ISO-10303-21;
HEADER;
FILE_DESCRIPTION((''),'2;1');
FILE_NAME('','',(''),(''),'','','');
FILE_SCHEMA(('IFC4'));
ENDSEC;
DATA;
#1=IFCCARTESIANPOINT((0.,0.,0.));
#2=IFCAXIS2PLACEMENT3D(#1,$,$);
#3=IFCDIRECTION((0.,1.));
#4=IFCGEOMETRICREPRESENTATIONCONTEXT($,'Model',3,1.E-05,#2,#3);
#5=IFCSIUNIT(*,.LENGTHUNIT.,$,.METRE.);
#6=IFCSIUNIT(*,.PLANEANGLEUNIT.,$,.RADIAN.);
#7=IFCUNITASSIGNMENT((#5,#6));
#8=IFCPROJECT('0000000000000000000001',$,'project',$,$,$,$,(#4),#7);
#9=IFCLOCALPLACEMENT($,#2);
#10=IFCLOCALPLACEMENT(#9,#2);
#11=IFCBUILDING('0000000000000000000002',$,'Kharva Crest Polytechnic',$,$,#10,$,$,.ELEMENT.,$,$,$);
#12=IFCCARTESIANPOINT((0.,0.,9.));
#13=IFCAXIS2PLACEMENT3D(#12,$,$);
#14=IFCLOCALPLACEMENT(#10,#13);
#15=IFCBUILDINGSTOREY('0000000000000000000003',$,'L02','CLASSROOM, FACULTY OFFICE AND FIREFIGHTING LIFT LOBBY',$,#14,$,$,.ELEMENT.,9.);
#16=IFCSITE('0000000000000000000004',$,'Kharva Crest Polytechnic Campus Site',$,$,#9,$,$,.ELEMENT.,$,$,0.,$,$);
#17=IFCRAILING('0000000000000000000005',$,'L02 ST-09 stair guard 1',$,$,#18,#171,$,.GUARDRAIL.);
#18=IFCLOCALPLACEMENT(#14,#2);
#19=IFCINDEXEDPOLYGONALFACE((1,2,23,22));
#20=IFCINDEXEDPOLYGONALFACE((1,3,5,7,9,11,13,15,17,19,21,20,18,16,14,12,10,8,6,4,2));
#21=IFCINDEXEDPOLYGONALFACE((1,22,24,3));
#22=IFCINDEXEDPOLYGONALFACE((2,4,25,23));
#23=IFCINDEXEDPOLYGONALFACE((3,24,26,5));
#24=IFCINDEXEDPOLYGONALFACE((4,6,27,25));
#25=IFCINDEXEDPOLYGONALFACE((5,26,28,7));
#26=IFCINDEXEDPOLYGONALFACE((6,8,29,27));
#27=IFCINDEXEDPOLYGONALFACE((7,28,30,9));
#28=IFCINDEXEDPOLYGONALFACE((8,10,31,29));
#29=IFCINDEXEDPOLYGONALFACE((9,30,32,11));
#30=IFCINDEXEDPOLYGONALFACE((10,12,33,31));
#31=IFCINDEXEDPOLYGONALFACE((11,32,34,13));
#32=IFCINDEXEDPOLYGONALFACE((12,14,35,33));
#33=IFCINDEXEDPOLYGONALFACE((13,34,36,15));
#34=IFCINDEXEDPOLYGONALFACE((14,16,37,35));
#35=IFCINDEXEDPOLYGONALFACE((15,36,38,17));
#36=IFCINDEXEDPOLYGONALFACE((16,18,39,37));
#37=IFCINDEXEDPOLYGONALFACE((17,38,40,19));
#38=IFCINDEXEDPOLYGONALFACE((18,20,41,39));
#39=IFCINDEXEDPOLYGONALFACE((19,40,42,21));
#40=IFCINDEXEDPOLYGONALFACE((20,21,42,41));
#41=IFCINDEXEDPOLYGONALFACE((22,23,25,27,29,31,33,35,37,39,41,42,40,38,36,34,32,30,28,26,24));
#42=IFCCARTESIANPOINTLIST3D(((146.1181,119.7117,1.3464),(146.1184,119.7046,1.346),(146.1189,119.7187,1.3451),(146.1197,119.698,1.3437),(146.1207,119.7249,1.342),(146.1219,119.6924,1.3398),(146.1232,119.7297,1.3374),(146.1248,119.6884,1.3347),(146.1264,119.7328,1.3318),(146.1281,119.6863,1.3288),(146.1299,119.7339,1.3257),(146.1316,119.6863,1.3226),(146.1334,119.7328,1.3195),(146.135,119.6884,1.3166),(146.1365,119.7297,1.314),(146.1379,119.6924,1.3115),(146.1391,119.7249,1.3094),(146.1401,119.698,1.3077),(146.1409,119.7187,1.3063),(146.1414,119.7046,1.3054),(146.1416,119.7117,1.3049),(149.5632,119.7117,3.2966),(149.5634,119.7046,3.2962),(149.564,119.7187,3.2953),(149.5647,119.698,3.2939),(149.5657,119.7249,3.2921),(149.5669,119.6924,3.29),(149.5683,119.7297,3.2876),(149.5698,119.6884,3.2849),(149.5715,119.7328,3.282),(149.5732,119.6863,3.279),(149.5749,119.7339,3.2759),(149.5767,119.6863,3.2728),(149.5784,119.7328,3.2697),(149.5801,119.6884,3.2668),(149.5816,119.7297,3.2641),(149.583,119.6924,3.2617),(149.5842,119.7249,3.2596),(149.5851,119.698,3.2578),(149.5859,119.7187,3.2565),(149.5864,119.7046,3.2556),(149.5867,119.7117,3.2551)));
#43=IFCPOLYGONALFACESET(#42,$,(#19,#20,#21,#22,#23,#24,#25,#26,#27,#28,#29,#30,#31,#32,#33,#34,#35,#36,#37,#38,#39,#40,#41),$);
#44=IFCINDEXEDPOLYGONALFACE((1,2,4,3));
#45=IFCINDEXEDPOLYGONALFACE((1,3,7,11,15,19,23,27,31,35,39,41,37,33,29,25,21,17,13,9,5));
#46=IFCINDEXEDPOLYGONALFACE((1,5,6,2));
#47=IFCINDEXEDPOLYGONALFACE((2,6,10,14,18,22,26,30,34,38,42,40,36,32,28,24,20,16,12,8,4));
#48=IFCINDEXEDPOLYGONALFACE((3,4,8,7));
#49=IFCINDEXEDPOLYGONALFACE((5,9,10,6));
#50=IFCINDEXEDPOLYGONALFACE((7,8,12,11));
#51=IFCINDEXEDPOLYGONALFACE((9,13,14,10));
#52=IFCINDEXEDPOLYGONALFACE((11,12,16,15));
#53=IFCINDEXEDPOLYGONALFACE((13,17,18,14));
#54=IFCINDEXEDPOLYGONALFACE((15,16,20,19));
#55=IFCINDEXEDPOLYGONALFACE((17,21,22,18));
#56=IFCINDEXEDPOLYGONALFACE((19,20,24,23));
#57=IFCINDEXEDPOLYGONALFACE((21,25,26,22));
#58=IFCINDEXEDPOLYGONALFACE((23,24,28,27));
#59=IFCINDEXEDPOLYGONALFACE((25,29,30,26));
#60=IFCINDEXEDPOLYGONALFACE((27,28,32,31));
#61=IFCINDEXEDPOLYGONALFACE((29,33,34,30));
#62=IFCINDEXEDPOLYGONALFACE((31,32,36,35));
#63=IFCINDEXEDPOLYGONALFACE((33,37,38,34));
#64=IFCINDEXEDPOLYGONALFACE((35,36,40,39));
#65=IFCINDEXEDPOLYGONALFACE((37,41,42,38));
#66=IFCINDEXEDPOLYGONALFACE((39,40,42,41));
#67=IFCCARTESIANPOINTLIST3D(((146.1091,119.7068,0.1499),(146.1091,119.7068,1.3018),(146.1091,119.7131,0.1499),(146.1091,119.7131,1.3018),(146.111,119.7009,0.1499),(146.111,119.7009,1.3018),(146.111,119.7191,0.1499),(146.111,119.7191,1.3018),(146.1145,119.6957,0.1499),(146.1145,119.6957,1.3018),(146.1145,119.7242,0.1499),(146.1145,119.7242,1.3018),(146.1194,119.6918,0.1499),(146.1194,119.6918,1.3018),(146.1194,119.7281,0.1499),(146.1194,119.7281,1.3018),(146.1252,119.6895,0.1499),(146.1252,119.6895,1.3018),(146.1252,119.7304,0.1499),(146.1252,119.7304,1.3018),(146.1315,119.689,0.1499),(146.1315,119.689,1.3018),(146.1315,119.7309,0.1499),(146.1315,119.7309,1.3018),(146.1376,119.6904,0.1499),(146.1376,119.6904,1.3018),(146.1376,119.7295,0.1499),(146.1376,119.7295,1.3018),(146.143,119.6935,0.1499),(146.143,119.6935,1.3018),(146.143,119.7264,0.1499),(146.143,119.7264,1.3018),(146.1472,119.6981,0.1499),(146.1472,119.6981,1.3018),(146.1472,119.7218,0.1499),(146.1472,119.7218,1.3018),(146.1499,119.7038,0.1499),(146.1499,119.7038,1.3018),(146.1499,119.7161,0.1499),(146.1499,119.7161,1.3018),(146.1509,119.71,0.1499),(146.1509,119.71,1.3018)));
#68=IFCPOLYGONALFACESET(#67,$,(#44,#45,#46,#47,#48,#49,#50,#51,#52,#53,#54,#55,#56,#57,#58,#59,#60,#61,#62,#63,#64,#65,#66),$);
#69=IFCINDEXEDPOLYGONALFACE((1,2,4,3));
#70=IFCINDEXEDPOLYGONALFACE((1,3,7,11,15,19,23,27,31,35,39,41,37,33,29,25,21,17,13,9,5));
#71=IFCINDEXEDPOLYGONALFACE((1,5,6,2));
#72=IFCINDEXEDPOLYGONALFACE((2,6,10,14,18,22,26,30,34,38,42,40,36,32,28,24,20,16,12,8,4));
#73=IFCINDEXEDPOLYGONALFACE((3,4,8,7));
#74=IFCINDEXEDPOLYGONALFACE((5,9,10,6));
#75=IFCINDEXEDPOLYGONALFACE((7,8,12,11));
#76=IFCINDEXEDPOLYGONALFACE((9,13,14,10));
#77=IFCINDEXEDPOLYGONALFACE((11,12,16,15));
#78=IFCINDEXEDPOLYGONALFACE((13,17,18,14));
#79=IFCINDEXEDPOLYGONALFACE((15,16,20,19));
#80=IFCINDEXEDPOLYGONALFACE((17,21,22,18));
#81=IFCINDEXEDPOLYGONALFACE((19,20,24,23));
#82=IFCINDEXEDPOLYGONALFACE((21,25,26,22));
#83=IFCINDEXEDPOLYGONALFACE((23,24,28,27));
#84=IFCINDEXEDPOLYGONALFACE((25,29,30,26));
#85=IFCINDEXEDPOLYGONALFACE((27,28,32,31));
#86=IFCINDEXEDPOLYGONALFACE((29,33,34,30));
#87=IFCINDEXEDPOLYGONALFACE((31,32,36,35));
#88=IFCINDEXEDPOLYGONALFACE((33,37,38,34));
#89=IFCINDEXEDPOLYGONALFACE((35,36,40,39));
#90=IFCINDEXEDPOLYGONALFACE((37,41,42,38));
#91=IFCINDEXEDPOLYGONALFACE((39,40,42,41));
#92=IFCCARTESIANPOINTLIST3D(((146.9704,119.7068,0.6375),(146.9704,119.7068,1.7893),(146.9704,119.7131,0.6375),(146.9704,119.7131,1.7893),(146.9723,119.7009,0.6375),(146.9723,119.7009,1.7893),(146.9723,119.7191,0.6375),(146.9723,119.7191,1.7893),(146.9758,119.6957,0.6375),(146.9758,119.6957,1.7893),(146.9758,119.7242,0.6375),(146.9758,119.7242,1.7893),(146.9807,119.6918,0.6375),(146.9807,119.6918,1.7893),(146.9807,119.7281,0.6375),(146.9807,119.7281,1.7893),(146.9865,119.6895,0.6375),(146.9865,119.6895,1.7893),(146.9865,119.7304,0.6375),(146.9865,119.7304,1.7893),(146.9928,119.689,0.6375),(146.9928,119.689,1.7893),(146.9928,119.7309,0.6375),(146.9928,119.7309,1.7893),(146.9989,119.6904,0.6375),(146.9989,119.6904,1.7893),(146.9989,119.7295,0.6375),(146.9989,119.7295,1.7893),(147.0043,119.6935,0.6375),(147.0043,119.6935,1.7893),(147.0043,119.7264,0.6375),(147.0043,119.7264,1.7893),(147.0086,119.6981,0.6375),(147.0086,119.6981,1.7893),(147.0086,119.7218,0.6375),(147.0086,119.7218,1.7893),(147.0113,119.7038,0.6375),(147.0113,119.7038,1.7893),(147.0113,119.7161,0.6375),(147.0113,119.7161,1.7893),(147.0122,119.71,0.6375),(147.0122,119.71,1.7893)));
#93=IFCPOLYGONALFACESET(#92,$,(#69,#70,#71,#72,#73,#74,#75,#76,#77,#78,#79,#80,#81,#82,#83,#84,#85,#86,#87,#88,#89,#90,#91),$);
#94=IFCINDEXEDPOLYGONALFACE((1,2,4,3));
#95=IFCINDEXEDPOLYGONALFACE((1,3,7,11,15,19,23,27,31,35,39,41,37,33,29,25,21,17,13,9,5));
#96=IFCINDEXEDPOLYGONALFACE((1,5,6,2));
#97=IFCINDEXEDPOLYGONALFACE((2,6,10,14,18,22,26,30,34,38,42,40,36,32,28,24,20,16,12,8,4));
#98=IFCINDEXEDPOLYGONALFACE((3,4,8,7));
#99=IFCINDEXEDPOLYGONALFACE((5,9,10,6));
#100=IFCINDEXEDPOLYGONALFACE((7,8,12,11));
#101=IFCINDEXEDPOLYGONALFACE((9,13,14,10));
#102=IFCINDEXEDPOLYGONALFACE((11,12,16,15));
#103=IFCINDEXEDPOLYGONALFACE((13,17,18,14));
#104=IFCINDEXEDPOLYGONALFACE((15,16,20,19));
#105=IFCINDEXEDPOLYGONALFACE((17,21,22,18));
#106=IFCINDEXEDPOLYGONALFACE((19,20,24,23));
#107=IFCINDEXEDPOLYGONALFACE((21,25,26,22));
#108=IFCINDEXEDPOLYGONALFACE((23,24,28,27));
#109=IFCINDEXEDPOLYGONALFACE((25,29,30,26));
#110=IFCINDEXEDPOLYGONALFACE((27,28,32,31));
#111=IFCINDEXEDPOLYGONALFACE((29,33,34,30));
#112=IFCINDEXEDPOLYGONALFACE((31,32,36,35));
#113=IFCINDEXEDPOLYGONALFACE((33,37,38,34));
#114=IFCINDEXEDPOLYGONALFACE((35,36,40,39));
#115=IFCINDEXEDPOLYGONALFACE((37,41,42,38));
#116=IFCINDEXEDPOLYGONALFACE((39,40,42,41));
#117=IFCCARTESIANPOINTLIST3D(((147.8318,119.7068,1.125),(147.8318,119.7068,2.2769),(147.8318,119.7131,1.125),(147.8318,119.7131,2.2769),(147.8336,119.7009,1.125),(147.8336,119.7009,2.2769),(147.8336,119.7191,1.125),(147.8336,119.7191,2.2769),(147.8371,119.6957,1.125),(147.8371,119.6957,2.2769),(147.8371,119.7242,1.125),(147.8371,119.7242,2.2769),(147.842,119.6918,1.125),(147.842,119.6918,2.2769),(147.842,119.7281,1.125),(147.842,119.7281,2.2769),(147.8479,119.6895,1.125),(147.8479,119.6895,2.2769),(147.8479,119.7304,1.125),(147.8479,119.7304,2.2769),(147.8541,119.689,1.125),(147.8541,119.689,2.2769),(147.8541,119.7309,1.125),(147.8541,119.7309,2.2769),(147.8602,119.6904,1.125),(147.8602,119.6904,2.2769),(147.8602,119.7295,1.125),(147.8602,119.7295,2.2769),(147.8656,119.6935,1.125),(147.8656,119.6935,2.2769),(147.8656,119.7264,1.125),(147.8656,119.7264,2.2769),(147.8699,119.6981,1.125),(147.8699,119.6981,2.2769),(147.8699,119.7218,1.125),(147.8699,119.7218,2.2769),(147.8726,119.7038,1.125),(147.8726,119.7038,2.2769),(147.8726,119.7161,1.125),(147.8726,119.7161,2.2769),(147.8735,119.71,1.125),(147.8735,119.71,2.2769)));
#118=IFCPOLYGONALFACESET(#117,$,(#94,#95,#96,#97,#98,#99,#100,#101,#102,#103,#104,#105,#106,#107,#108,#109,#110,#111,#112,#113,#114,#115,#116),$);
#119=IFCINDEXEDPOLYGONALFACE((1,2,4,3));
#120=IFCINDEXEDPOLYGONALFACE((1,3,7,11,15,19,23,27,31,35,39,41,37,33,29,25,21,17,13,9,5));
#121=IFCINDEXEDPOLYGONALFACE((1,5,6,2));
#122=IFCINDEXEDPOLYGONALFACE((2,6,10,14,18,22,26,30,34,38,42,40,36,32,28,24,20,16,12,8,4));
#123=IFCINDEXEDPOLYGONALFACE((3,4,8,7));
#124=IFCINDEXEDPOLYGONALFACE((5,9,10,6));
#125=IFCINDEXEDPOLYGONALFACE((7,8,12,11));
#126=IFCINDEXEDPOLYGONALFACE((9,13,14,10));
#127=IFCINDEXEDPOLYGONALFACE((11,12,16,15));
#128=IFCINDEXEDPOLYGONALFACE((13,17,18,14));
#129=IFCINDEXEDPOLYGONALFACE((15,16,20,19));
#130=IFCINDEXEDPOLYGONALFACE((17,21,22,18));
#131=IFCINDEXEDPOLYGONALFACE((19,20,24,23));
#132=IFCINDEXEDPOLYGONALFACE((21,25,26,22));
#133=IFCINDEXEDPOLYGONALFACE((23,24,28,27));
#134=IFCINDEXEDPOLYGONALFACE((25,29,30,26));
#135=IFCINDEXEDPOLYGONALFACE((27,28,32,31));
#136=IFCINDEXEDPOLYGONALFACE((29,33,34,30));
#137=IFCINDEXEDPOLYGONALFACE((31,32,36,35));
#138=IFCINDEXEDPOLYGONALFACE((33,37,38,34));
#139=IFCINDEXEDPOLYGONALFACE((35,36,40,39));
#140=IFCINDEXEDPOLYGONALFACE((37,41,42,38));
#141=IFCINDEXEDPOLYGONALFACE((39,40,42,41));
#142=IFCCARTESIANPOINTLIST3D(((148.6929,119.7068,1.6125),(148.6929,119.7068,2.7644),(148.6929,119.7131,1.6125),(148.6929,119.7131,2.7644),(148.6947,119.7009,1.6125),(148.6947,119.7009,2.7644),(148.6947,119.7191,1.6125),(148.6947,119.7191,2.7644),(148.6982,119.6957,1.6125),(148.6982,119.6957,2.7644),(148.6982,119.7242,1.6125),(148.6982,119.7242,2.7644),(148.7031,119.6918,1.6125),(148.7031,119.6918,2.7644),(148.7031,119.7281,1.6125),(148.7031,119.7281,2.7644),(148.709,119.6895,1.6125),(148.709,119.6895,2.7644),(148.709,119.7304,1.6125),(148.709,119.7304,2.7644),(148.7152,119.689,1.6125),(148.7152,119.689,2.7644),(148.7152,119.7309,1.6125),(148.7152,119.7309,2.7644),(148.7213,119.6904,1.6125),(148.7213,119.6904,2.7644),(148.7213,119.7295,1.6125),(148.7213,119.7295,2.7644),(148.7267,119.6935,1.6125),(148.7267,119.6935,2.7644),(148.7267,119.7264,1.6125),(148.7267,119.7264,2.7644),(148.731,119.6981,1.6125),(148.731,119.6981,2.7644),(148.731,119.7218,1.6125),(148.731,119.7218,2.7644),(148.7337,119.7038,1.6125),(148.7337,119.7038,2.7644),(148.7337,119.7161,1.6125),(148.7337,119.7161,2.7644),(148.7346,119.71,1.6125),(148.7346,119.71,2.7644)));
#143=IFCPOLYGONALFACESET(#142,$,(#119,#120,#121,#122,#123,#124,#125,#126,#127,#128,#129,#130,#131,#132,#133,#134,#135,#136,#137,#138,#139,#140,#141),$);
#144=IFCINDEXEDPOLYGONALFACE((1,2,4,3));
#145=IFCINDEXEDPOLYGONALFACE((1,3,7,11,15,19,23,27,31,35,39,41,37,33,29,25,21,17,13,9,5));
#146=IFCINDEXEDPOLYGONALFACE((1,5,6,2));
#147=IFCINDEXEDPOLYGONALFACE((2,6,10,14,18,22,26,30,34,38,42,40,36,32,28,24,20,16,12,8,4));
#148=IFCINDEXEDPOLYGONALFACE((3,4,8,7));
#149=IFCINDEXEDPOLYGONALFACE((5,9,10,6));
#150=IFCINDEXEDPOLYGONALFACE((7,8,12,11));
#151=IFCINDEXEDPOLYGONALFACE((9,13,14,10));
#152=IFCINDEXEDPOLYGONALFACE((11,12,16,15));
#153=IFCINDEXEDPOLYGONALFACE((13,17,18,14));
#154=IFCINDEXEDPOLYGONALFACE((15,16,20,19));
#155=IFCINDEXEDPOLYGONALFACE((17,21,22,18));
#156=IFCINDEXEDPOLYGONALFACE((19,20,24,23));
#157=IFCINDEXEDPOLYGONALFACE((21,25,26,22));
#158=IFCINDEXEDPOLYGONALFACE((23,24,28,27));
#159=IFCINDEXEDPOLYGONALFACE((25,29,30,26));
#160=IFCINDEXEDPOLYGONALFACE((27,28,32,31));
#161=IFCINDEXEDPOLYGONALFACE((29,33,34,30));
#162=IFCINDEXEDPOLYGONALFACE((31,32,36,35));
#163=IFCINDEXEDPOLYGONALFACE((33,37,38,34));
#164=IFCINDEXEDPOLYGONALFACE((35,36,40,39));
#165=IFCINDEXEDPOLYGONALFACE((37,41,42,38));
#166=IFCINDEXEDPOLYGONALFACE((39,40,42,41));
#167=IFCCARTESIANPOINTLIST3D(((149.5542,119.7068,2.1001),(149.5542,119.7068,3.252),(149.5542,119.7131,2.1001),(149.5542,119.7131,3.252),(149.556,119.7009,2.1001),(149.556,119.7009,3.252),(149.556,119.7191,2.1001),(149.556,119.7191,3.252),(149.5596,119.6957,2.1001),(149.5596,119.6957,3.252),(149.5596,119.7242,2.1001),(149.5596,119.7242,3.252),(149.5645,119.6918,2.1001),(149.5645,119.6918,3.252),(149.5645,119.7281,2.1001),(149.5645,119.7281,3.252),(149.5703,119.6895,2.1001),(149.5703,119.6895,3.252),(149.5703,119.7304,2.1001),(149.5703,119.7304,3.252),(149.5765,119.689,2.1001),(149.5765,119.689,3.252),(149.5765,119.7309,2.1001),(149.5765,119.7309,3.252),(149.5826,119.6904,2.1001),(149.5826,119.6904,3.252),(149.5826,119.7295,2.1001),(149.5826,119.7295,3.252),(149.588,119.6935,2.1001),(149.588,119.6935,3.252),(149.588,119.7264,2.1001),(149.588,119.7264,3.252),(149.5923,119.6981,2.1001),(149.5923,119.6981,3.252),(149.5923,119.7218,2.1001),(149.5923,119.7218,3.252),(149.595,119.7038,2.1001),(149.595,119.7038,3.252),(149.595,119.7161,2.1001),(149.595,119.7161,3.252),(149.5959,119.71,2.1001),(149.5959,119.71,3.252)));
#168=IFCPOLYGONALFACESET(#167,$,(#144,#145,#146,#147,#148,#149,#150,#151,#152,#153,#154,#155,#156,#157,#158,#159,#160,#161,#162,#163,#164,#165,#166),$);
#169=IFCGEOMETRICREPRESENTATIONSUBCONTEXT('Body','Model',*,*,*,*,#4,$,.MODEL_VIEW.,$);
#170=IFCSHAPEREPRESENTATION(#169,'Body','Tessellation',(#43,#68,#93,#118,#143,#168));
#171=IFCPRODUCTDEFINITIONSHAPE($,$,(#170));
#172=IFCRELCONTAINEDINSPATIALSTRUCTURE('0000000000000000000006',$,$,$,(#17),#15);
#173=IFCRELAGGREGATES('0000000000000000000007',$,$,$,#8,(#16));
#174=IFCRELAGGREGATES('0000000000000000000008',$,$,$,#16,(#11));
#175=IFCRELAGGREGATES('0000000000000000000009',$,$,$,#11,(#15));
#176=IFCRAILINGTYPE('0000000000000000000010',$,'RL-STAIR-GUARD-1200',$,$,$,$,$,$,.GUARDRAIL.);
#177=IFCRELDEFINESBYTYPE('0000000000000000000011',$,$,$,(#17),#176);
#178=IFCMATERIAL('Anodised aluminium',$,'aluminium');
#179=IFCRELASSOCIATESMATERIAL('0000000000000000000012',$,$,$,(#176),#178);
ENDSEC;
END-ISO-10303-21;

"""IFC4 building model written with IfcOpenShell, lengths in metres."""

from ifc_helpers import new_model, si_unit, direction, frame, origin, origin_2d, place, context, subcontext, project, spatial, circle, extrude, material, type_object, element, save


model = new_model("IFC4")

# Units and contexts
model_context = context("Model", 3, precision=1e-05, world=origin(), true_north=direction((0.0, 1.0)))
body_context = subcontext(model_context, "Body", "Model", "MODEL_VIEW")
ifc_project = project(units=[si_unit("LENGTHUNIT", "METRE"), si_unit("PLANEANGLEUNIT", "RADIAN")], contexts=[model_context])

# Site, building, storey
site_placement = place(None, origin())
site = spatial("IfcSite", under=ifc_project, at=site_placement, Name="Kharva Crest Polytechnic Campus Site", CompositionType="ELEMENT", RefElevation=0.0)
building_placement = place(site_placement, origin())
building = spatial("IfcBuilding", under=site, at=building_placement, Name="Kharva Crest Polytechnic", CompositionType="ELEMENT")
storey_placement = place(building_placement, frame((0.0, 0.0, 9.0)))
storey = spatial("IfcBuildingStorey", under=building, at=storey_placement, Name="L02", Description="CLASSROOM, FACULTY OFFICE AND FIREFIGHTING LIFT LOBBY", CompositionType="ELEMENT", Elevation=9.0)

# Railing
ifc_material_1 = material(Name="Anodised aluminium", Category="aluminium")
railing_type_1 = type_object("IfcRailingType", Name="RL-STAIR-GUARD-1200", PredefinedType="GUARDRAIL", material=ifc_material_1)
railing_1_placement = place(storey_placement, frame((146.1299, 119.71, 0.1499)))
element("IfcRailing", 1, at=railing_1_placement, inside=storey, type_object=railing_type_1, Name="L02 ST-09 stair guard 1", PredefinedType="GUARDRAIL", context=body_context, shape_type="SweptSolid", body=[
    extrude(circle(Radius=0.0239, at=origin_2d()), frame((0.0, 0.0, 1.1758), z_axis=(0.87024, 0.0, 0.492628), x_axis=(0.0, 1.0, 0.0)), (0.0, 0.0, 1.0), 3.9587),
    extrude(circle(Radius=0.021, at=origin_2d()), origin(), (0.0, 0.0, 1.0), 1.1519),
    extrude(circle(Radius=0.021, at=origin_2d()), frame((0.8613, 0.0, 0.4875)), (0.0, 0.0, 1.0), 1.1519),
    extrude(circle(Radius=0.021, at=origin_2d()), frame((1.7227, 0.0, 0.9751)), (0.0, 0.0, 1.0), 1.1519),
    extrude(circle(Radius=0.021, at=origin_2d()), frame((2.5837, 0.0, 1.4626)), (0.0, 0.0, 1.0), 1.1519),
    extrude(circle(Radius=0.021, at=origin_2d()), frame((3.4451, 0.0, 1.9502)), (0.0, 0.0, 1.0), 1.1519),
])

save(model, "model.ifc")
